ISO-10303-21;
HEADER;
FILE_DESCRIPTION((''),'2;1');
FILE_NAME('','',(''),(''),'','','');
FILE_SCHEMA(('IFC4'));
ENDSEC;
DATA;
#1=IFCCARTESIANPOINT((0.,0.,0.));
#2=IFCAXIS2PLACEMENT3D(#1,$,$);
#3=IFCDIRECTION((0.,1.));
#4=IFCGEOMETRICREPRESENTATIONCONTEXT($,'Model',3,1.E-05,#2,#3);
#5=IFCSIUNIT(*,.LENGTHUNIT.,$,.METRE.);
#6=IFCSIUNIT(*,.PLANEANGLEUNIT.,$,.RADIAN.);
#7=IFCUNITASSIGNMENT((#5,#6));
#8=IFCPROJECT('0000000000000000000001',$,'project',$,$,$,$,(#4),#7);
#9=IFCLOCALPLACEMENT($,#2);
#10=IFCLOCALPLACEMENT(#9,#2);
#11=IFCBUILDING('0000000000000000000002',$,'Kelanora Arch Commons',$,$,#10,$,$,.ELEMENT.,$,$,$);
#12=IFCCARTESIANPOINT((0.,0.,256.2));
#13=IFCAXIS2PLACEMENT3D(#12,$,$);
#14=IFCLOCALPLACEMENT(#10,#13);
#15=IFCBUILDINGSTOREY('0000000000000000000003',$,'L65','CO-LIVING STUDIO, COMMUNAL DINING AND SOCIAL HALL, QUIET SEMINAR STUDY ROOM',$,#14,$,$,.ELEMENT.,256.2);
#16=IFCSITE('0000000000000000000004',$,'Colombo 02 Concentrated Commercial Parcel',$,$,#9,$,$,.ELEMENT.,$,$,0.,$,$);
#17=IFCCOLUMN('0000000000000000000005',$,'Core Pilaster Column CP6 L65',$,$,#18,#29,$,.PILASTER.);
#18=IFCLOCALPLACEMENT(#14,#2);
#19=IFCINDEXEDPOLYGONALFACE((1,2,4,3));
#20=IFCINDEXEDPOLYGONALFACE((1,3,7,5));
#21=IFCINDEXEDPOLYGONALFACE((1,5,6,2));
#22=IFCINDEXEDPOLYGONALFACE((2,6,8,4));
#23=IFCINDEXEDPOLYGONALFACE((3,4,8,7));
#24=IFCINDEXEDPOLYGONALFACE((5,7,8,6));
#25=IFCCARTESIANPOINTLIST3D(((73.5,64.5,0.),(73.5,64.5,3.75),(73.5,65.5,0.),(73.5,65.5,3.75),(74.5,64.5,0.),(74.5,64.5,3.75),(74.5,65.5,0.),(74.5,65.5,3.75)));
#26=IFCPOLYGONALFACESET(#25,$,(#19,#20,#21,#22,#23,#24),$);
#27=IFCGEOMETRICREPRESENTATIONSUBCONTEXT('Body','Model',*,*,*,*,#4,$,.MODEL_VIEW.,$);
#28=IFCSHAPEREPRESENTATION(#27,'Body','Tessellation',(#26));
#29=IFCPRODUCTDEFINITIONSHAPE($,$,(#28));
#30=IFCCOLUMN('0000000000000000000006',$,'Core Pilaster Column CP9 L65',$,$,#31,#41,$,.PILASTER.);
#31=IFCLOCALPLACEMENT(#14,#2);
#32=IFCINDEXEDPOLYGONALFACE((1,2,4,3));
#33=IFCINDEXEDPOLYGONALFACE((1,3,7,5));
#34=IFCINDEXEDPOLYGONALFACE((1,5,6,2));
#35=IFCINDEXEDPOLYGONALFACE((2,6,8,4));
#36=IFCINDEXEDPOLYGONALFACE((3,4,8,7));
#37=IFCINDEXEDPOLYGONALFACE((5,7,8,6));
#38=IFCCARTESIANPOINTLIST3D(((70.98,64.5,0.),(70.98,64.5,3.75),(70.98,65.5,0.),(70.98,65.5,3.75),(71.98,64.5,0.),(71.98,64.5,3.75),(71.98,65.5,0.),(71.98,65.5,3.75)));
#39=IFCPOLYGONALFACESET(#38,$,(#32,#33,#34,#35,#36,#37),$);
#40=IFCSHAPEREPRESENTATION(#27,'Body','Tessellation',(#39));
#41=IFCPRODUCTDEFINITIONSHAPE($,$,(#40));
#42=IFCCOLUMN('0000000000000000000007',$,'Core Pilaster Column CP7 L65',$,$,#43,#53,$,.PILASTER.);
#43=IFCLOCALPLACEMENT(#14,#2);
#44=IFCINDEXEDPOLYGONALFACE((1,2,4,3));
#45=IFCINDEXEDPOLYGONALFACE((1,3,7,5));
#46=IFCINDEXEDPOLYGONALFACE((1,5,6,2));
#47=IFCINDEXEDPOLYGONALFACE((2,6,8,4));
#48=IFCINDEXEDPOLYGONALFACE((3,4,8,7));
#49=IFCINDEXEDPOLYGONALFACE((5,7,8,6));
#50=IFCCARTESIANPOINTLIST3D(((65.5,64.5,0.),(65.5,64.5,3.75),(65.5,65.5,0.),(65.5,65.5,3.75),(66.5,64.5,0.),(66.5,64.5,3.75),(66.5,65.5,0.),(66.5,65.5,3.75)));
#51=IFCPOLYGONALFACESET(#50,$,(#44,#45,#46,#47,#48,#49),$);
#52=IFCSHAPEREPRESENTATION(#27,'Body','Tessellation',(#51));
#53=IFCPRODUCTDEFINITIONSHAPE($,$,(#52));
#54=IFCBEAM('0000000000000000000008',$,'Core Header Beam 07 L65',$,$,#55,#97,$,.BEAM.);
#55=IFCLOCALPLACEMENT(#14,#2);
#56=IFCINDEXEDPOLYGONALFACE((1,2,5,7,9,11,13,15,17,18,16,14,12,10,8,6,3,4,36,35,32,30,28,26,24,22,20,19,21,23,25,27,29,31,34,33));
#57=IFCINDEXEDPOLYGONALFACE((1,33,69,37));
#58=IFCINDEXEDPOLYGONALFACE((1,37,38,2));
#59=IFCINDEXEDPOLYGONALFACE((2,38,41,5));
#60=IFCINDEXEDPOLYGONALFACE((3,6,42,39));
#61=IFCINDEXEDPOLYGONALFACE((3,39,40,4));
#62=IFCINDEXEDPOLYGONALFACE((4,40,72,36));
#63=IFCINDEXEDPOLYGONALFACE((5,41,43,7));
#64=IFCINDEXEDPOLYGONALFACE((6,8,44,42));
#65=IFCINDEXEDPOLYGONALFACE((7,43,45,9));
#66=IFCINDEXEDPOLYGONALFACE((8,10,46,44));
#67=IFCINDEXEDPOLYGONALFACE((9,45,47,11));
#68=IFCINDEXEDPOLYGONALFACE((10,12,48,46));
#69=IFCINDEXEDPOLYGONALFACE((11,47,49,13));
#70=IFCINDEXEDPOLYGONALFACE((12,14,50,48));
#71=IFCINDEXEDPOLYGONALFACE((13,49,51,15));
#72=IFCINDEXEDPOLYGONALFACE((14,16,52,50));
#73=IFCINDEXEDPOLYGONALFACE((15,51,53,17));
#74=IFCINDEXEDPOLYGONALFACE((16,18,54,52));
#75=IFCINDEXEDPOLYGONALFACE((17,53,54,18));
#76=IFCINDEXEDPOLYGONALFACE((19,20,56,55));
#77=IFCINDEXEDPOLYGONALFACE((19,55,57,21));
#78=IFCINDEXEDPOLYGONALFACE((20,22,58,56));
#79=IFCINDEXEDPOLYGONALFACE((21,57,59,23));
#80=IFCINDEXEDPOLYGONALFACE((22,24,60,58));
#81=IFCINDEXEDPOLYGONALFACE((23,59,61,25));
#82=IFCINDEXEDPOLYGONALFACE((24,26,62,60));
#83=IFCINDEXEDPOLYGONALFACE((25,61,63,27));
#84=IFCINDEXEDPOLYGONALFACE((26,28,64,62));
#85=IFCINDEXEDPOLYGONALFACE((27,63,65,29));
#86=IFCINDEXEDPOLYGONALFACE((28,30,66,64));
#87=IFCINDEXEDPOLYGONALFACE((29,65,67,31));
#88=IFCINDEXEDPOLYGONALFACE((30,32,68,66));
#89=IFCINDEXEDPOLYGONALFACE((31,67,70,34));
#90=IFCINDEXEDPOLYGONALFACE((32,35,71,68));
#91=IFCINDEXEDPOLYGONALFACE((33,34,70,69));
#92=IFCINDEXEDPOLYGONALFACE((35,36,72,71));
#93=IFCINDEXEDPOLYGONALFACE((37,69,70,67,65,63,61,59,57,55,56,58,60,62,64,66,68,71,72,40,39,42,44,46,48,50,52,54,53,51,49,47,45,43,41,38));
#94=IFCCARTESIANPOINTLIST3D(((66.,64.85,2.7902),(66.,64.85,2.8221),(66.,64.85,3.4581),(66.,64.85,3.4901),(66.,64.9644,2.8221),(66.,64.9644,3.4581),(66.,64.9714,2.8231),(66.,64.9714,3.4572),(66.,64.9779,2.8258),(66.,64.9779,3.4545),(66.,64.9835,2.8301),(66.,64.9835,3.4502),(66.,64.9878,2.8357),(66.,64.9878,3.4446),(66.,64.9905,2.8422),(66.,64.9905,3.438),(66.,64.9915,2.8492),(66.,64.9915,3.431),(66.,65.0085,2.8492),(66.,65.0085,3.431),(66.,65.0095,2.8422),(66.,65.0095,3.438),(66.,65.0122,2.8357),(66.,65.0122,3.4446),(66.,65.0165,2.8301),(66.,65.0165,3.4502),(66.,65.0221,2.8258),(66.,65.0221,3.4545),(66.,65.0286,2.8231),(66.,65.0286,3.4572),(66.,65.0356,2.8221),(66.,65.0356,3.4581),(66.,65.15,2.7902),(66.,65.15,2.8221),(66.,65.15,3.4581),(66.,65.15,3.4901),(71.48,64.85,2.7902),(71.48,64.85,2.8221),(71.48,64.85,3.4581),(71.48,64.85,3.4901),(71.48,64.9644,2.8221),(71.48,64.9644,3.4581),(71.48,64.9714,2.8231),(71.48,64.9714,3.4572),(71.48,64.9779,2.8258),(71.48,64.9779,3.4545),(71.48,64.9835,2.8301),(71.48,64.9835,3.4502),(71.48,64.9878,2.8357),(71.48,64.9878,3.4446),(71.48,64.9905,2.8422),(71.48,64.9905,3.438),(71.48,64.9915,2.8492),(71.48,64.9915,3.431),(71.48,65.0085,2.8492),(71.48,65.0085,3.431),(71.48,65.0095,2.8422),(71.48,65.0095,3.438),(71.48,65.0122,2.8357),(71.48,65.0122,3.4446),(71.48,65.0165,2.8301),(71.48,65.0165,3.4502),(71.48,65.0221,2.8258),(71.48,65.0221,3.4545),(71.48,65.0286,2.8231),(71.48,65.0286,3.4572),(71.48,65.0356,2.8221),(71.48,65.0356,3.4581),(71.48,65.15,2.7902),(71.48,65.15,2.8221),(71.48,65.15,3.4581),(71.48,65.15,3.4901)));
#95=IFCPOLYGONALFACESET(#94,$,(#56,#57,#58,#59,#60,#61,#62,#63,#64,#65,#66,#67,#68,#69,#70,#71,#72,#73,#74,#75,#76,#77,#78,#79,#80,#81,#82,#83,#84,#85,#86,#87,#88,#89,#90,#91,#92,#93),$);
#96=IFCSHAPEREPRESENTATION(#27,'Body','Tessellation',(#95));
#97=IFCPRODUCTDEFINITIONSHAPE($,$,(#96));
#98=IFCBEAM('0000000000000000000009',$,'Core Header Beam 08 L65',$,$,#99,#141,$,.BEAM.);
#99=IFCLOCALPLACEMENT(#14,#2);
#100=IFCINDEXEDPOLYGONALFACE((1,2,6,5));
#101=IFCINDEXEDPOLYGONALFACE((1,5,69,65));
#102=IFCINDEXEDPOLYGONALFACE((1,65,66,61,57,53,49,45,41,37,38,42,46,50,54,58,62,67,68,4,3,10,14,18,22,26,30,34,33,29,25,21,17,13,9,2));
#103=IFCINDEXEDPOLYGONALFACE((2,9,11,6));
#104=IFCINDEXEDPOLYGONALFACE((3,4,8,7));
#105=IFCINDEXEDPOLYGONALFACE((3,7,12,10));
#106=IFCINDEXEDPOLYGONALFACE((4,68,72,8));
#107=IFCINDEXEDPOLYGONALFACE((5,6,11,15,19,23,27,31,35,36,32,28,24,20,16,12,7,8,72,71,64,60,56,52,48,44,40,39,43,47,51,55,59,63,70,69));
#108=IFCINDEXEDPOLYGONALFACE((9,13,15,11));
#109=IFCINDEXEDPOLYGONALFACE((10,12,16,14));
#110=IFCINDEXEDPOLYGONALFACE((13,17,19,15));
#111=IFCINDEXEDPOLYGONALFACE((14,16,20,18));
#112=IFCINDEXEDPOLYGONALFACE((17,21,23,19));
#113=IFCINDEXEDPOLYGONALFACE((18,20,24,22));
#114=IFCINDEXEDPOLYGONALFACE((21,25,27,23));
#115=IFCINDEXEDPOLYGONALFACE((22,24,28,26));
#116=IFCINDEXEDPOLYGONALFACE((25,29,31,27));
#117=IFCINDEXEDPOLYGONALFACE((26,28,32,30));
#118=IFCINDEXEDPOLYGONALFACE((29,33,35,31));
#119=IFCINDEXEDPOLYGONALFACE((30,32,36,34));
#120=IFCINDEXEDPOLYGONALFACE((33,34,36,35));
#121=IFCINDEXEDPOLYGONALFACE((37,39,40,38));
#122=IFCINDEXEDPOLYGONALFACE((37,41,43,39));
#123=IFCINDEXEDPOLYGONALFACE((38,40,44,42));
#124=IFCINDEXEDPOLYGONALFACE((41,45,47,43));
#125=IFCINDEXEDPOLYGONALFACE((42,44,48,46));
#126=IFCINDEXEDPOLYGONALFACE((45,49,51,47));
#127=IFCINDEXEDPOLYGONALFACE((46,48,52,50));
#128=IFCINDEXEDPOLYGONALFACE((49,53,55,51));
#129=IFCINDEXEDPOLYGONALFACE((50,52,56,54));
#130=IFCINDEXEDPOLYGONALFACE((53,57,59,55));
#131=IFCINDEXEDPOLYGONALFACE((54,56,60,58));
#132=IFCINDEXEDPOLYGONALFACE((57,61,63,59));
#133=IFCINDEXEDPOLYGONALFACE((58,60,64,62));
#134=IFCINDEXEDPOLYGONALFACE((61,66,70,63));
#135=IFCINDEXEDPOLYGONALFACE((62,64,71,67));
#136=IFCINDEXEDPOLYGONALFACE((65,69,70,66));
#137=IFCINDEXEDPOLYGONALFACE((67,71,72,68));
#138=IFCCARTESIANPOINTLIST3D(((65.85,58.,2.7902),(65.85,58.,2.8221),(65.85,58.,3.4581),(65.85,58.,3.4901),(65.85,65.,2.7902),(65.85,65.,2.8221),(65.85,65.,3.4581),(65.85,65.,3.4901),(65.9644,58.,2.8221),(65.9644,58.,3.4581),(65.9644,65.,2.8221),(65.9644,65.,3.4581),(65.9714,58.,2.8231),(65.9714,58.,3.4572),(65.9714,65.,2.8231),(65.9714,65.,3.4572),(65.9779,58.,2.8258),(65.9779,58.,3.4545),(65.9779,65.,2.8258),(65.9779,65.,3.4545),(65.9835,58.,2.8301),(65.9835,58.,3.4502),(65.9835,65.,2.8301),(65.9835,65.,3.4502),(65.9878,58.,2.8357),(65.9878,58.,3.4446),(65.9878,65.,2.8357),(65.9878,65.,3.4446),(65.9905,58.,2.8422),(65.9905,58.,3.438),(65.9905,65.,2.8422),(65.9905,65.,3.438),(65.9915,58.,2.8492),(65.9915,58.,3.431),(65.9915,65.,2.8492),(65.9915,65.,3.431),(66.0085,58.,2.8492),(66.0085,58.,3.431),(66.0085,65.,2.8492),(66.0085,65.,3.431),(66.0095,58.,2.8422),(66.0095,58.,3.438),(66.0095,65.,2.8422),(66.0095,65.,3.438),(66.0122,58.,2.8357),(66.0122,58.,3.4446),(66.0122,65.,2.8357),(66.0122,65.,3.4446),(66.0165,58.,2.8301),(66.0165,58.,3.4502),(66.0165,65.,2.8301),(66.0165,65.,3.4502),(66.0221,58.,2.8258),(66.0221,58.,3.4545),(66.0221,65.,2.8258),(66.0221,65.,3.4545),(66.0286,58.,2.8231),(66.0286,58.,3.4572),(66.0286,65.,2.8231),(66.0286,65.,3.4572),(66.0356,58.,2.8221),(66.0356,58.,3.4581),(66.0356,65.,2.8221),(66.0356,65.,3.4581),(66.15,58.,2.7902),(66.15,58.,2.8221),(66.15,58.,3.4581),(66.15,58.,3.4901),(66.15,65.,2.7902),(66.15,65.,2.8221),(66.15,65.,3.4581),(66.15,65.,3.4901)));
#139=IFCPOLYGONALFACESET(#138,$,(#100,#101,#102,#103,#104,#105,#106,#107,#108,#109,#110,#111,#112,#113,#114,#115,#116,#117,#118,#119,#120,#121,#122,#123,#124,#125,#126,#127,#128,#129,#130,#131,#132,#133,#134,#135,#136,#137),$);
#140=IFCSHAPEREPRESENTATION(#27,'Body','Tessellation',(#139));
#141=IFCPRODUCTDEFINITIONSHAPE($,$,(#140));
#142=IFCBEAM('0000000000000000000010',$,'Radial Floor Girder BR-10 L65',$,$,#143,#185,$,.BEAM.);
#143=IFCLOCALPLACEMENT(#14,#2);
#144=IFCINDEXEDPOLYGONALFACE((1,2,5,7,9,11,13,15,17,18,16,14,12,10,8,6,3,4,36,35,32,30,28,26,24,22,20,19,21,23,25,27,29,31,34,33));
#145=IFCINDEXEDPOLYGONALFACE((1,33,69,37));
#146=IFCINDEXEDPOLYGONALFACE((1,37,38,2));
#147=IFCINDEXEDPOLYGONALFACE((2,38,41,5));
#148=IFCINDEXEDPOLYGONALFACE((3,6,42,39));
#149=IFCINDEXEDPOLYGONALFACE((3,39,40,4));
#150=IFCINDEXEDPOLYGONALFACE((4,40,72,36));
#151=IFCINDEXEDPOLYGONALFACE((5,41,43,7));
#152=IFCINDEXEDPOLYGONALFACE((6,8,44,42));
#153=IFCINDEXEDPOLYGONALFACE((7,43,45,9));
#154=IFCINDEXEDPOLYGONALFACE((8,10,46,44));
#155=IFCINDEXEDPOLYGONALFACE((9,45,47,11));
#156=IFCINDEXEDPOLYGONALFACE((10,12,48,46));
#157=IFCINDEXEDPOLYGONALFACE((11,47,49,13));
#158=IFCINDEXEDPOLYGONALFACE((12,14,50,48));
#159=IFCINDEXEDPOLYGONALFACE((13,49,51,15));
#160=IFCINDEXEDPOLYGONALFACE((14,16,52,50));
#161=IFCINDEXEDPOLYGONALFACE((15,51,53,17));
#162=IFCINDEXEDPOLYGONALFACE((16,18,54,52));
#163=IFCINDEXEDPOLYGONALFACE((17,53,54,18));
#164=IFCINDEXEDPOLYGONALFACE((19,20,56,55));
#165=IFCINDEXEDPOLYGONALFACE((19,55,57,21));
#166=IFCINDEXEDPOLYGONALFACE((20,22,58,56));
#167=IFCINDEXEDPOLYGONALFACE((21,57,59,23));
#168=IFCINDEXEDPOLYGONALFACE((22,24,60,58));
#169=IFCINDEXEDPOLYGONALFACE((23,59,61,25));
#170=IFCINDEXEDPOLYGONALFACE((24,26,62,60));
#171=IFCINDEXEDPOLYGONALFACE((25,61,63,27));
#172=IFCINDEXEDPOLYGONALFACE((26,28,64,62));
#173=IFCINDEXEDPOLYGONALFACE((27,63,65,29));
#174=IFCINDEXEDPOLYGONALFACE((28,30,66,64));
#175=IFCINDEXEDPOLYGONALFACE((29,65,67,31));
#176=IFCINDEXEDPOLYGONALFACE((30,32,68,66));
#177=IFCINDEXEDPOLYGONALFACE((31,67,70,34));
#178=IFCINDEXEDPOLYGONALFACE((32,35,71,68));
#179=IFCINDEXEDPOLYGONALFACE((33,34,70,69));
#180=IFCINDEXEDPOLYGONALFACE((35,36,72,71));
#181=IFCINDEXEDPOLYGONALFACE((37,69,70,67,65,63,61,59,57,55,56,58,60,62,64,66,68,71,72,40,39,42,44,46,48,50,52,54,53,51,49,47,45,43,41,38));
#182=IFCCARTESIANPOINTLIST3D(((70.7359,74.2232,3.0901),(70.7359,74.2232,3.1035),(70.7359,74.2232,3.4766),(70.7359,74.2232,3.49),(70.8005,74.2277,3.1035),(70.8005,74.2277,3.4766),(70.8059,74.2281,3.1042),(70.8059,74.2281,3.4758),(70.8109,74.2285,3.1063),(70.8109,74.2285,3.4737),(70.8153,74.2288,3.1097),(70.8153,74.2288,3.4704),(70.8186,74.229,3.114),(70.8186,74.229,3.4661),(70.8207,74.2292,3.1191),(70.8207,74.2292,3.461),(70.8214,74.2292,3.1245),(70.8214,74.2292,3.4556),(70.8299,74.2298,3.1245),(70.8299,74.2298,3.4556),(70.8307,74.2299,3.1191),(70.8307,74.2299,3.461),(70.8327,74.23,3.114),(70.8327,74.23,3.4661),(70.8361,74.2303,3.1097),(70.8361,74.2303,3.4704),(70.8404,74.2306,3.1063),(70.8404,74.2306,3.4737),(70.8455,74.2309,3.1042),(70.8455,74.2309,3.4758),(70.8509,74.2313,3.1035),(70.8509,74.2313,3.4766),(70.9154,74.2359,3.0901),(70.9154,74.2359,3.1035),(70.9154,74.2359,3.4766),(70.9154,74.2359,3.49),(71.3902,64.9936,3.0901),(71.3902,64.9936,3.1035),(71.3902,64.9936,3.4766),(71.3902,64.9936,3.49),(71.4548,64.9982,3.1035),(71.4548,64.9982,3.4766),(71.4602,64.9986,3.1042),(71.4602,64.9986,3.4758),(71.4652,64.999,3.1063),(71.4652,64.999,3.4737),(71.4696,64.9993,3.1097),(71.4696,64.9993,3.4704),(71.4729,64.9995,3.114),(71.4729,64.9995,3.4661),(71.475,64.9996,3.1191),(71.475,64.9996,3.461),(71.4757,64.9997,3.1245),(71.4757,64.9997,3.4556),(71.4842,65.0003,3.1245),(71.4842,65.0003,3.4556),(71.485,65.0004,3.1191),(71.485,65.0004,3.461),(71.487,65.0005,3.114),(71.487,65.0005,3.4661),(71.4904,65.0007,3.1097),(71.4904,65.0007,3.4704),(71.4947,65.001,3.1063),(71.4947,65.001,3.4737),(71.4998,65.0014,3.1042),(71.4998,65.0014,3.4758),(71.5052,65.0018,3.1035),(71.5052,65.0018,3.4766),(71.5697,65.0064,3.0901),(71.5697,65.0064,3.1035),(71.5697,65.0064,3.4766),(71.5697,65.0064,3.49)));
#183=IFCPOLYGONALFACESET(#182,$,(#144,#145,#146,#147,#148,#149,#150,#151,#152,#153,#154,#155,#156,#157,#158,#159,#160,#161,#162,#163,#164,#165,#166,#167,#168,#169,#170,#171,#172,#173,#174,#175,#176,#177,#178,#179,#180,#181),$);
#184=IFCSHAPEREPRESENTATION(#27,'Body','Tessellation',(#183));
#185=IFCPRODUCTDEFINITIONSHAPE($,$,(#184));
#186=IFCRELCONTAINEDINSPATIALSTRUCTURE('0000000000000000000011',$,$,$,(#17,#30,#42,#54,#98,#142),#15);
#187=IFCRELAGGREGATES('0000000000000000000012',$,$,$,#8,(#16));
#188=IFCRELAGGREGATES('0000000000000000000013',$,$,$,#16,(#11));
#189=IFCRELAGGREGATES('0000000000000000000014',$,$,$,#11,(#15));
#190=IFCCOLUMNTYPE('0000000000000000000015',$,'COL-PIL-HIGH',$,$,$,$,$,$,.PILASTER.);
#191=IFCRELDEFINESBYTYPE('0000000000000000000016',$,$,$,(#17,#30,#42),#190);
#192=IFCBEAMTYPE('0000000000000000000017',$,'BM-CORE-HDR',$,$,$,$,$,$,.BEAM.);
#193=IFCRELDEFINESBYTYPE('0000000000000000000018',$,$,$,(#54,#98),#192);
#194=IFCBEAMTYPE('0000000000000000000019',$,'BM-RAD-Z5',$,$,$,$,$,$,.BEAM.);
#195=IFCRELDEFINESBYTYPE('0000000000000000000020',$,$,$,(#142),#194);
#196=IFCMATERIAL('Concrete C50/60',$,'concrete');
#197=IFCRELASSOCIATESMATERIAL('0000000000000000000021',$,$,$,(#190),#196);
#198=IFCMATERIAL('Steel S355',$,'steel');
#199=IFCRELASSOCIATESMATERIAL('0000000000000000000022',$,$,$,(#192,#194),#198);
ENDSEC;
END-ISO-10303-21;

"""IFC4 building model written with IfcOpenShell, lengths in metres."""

from ifc_helpers import new_model, si_unit, direction, frame, origin, origin_2d, place, context, subcontext, project, spatial, rectangle, i_section, extrude, material, material_profile, profile_set, type_object, element, save


model = new_model("IFC4")

# Units and contexts
model_context = context("Model", 3, precision=1e-05, world=origin(), true_north=direction((0.0, 1.0)))
body_context = subcontext(model_context, "Body", "Model", "MODEL_VIEW")
ifc_project = project(units=[si_unit("LENGTHUNIT", "METRE"), si_unit("PLANEANGLEUNIT", "RADIAN")], contexts=[model_context])

# Site, building, storey
site_placement = place(None, origin())
site = spatial("IfcSite", under=ifc_project, at=site_placement, Name="Colombo 02 Concentrated Commercial Parcel", CompositionType="ELEMENT", RefElevation=0.0)
building_placement = place(site_placement, origin())
building = spatial("IfcBuilding", under=site, at=building_placement, Name="Kelanora Arch Commons", CompositionType="ELEMENT")
storey_placement = place(building_placement, frame((0.0, 0.0, 256.2)))
storey = spatial("IfcBuildingStorey", under=building, at=storey_placement, Name="L65", Description="CO-LIVING STUDIO, COMMUNAL DINING AND SOCIAL HALL, QUIET SEMINAR STUDY ROOM", CompositionType="ELEMENT", Elevation=256.2)

# Columns
ifc_material_1 = material(Name="Concrete C50/60", Category="concrete")
ifc_material_profile_1 = material_profile(ifc_material_1, rectangle(XDim=1.0, YDim=1.0, at=origin_2d()), Name="RC1000x1000")
ifc_profile_set_1 = profile_set([ifc_material_profile_1], Name="Concrete C50/60")
column_type = type_object("IfcColumnType", Name="COL-PIL-HIGH", PredefinedType="PILASTER", material=ifc_profile_set_1)
for number, where, z_axis, x_axis, name in (
    (1, (74.0, 65.0, 0.0), (0.0, 0.0, 1.0), (1.0, 0.0, 0.0), "Core Pilaster Column CP6 L65"),
    (2, (71.48, 65.0, 0.0), (0.0, 0.0, 1.0), (1.0, 0.0, 0.0), "Core Pilaster Column CP9 L65"),
    (3, (66.0, 65.0, 0.0), (0.0, 0.0, 1.0), (1.0, 0.0, 0.0), "Core Pilaster Column CP7 L65"),
):
    element("IfcColumn", number, at=place(storey_placement, frame(where, z_axis=z_axis, x_axis=x_axis)), inside=storey, type_object=column_type, Name=name, PredefinedType="PILASTER", context=body_context, shape_type="SweptSolid", body=[
        extrude(rectangle(XDim=1.0, YDim=1.0, at=origin_2d()), origin(), (0.0, 0.0, 1.0), 3.75),
    ])

# Beams
ifc_material_2 = material(Name="Steel S355", Category="steel")
ifc_material_profile_2 = material_profile(ifc_material_2, i_section(OverallWidth=0.3, OverallDepth=0.7, WebThickness=0.0171, FlangeThickness=0.032, FilletRadius=0.0271, at=origin_2d()), Name="HEB700")
ifc_profile_set_2 = profile_set([ifc_material_profile_2], Name="Steel S355")
beam_type_1 = type_object("IfcBeamType", Name="BM-CORE-HDR", PredefinedType="BEAM", material=ifc_profile_set_2)
beam_1_placement = place(storey_placement, frame((71.48, 65.0, 3.1401), z_axis=(-1.0, 0.0, 0.0), x_axis=(0.0, -1.0, 0.0)))
element("IfcBeam", 4, at=beam_1_placement, inside=storey, type_object=beam_type_1, Name="Core Header Beam 07 L65", PredefinedType="BEAM", context=body_context, shape_type="SweptSolid", body=[
    extrude(i_section(OverallWidth=0.3, OverallDepth=0.7, WebThickness=0.0171, FlangeThickness=0.032, FilletRadius=0.0271, at=origin_2d()), origin(), (0.0, 0.0, 1.0), 5.48),
])
beam_2_placement = place(storey_placement, frame((66.0, 65.0, 3.1401), z_axis=(0.0, -1.0, 0.0), x_axis=(1.0, 0.0, 0.0)))
element("IfcBeam", 5, at=beam_2_placement, inside=storey, type_object=beam_type_1, Name="Core Header Beam 08 L65", PredefinedType="BEAM", context=body_context, shape_type="SweptSolid", body=[
    extrude(i_section(OverallWidth=0.3, OverallDepth=0.7, WebThickness=0.0171, FlangeThickness=0.032, FilletRadius=0.0271, at=origin_2d()), origin(), (0.0, 0.0, 1.0), 7.0),
])
ifc_material_profile_3 = material_profile(ifc_material_2, i_section(OverallWidth=0.1799, OverallDepth=0.3999, WebThickness=0.0085, FlangeThickness=0.0134, FilletRadius=0.021, at=origin_2d()), Name="IPE400")
ifc_profile_set_3 = profile_set([ifc_material_profile_3], Name="Steel S355")
beam_type_2 = type_object("IfcBeamType", Name="BM-RAD-Z5", PredefinedType="BEAM", material=ifc_profile_set_3)
beam_3_placement = place(storey_placement, frame((71.48, 65.0, 3.29), z_axis=(-0.070714, 0.997497, 0.0), x_axis=(-0.997497, -0.070714, 0.0)))
element("IfcBeam", 6, at=beam_3_placement, inside=storey, type_object=beam_type_2, Name="Radial Floor Girder BR-10 L65", PredefinedType="BEAM", context=body_context, shape_type="SweptSolid", body=[
    extrude(i_section(OverallWidth=0.1799, OverallDepth=0.3999, WebThickness=0.0085, FlangeThickness=0.0134, FilletRadius=0.021, at=origin_2d()), origin(), (0.0, 0.0, 1.0), 9.2527),
])

save(model, "model.ifc")
